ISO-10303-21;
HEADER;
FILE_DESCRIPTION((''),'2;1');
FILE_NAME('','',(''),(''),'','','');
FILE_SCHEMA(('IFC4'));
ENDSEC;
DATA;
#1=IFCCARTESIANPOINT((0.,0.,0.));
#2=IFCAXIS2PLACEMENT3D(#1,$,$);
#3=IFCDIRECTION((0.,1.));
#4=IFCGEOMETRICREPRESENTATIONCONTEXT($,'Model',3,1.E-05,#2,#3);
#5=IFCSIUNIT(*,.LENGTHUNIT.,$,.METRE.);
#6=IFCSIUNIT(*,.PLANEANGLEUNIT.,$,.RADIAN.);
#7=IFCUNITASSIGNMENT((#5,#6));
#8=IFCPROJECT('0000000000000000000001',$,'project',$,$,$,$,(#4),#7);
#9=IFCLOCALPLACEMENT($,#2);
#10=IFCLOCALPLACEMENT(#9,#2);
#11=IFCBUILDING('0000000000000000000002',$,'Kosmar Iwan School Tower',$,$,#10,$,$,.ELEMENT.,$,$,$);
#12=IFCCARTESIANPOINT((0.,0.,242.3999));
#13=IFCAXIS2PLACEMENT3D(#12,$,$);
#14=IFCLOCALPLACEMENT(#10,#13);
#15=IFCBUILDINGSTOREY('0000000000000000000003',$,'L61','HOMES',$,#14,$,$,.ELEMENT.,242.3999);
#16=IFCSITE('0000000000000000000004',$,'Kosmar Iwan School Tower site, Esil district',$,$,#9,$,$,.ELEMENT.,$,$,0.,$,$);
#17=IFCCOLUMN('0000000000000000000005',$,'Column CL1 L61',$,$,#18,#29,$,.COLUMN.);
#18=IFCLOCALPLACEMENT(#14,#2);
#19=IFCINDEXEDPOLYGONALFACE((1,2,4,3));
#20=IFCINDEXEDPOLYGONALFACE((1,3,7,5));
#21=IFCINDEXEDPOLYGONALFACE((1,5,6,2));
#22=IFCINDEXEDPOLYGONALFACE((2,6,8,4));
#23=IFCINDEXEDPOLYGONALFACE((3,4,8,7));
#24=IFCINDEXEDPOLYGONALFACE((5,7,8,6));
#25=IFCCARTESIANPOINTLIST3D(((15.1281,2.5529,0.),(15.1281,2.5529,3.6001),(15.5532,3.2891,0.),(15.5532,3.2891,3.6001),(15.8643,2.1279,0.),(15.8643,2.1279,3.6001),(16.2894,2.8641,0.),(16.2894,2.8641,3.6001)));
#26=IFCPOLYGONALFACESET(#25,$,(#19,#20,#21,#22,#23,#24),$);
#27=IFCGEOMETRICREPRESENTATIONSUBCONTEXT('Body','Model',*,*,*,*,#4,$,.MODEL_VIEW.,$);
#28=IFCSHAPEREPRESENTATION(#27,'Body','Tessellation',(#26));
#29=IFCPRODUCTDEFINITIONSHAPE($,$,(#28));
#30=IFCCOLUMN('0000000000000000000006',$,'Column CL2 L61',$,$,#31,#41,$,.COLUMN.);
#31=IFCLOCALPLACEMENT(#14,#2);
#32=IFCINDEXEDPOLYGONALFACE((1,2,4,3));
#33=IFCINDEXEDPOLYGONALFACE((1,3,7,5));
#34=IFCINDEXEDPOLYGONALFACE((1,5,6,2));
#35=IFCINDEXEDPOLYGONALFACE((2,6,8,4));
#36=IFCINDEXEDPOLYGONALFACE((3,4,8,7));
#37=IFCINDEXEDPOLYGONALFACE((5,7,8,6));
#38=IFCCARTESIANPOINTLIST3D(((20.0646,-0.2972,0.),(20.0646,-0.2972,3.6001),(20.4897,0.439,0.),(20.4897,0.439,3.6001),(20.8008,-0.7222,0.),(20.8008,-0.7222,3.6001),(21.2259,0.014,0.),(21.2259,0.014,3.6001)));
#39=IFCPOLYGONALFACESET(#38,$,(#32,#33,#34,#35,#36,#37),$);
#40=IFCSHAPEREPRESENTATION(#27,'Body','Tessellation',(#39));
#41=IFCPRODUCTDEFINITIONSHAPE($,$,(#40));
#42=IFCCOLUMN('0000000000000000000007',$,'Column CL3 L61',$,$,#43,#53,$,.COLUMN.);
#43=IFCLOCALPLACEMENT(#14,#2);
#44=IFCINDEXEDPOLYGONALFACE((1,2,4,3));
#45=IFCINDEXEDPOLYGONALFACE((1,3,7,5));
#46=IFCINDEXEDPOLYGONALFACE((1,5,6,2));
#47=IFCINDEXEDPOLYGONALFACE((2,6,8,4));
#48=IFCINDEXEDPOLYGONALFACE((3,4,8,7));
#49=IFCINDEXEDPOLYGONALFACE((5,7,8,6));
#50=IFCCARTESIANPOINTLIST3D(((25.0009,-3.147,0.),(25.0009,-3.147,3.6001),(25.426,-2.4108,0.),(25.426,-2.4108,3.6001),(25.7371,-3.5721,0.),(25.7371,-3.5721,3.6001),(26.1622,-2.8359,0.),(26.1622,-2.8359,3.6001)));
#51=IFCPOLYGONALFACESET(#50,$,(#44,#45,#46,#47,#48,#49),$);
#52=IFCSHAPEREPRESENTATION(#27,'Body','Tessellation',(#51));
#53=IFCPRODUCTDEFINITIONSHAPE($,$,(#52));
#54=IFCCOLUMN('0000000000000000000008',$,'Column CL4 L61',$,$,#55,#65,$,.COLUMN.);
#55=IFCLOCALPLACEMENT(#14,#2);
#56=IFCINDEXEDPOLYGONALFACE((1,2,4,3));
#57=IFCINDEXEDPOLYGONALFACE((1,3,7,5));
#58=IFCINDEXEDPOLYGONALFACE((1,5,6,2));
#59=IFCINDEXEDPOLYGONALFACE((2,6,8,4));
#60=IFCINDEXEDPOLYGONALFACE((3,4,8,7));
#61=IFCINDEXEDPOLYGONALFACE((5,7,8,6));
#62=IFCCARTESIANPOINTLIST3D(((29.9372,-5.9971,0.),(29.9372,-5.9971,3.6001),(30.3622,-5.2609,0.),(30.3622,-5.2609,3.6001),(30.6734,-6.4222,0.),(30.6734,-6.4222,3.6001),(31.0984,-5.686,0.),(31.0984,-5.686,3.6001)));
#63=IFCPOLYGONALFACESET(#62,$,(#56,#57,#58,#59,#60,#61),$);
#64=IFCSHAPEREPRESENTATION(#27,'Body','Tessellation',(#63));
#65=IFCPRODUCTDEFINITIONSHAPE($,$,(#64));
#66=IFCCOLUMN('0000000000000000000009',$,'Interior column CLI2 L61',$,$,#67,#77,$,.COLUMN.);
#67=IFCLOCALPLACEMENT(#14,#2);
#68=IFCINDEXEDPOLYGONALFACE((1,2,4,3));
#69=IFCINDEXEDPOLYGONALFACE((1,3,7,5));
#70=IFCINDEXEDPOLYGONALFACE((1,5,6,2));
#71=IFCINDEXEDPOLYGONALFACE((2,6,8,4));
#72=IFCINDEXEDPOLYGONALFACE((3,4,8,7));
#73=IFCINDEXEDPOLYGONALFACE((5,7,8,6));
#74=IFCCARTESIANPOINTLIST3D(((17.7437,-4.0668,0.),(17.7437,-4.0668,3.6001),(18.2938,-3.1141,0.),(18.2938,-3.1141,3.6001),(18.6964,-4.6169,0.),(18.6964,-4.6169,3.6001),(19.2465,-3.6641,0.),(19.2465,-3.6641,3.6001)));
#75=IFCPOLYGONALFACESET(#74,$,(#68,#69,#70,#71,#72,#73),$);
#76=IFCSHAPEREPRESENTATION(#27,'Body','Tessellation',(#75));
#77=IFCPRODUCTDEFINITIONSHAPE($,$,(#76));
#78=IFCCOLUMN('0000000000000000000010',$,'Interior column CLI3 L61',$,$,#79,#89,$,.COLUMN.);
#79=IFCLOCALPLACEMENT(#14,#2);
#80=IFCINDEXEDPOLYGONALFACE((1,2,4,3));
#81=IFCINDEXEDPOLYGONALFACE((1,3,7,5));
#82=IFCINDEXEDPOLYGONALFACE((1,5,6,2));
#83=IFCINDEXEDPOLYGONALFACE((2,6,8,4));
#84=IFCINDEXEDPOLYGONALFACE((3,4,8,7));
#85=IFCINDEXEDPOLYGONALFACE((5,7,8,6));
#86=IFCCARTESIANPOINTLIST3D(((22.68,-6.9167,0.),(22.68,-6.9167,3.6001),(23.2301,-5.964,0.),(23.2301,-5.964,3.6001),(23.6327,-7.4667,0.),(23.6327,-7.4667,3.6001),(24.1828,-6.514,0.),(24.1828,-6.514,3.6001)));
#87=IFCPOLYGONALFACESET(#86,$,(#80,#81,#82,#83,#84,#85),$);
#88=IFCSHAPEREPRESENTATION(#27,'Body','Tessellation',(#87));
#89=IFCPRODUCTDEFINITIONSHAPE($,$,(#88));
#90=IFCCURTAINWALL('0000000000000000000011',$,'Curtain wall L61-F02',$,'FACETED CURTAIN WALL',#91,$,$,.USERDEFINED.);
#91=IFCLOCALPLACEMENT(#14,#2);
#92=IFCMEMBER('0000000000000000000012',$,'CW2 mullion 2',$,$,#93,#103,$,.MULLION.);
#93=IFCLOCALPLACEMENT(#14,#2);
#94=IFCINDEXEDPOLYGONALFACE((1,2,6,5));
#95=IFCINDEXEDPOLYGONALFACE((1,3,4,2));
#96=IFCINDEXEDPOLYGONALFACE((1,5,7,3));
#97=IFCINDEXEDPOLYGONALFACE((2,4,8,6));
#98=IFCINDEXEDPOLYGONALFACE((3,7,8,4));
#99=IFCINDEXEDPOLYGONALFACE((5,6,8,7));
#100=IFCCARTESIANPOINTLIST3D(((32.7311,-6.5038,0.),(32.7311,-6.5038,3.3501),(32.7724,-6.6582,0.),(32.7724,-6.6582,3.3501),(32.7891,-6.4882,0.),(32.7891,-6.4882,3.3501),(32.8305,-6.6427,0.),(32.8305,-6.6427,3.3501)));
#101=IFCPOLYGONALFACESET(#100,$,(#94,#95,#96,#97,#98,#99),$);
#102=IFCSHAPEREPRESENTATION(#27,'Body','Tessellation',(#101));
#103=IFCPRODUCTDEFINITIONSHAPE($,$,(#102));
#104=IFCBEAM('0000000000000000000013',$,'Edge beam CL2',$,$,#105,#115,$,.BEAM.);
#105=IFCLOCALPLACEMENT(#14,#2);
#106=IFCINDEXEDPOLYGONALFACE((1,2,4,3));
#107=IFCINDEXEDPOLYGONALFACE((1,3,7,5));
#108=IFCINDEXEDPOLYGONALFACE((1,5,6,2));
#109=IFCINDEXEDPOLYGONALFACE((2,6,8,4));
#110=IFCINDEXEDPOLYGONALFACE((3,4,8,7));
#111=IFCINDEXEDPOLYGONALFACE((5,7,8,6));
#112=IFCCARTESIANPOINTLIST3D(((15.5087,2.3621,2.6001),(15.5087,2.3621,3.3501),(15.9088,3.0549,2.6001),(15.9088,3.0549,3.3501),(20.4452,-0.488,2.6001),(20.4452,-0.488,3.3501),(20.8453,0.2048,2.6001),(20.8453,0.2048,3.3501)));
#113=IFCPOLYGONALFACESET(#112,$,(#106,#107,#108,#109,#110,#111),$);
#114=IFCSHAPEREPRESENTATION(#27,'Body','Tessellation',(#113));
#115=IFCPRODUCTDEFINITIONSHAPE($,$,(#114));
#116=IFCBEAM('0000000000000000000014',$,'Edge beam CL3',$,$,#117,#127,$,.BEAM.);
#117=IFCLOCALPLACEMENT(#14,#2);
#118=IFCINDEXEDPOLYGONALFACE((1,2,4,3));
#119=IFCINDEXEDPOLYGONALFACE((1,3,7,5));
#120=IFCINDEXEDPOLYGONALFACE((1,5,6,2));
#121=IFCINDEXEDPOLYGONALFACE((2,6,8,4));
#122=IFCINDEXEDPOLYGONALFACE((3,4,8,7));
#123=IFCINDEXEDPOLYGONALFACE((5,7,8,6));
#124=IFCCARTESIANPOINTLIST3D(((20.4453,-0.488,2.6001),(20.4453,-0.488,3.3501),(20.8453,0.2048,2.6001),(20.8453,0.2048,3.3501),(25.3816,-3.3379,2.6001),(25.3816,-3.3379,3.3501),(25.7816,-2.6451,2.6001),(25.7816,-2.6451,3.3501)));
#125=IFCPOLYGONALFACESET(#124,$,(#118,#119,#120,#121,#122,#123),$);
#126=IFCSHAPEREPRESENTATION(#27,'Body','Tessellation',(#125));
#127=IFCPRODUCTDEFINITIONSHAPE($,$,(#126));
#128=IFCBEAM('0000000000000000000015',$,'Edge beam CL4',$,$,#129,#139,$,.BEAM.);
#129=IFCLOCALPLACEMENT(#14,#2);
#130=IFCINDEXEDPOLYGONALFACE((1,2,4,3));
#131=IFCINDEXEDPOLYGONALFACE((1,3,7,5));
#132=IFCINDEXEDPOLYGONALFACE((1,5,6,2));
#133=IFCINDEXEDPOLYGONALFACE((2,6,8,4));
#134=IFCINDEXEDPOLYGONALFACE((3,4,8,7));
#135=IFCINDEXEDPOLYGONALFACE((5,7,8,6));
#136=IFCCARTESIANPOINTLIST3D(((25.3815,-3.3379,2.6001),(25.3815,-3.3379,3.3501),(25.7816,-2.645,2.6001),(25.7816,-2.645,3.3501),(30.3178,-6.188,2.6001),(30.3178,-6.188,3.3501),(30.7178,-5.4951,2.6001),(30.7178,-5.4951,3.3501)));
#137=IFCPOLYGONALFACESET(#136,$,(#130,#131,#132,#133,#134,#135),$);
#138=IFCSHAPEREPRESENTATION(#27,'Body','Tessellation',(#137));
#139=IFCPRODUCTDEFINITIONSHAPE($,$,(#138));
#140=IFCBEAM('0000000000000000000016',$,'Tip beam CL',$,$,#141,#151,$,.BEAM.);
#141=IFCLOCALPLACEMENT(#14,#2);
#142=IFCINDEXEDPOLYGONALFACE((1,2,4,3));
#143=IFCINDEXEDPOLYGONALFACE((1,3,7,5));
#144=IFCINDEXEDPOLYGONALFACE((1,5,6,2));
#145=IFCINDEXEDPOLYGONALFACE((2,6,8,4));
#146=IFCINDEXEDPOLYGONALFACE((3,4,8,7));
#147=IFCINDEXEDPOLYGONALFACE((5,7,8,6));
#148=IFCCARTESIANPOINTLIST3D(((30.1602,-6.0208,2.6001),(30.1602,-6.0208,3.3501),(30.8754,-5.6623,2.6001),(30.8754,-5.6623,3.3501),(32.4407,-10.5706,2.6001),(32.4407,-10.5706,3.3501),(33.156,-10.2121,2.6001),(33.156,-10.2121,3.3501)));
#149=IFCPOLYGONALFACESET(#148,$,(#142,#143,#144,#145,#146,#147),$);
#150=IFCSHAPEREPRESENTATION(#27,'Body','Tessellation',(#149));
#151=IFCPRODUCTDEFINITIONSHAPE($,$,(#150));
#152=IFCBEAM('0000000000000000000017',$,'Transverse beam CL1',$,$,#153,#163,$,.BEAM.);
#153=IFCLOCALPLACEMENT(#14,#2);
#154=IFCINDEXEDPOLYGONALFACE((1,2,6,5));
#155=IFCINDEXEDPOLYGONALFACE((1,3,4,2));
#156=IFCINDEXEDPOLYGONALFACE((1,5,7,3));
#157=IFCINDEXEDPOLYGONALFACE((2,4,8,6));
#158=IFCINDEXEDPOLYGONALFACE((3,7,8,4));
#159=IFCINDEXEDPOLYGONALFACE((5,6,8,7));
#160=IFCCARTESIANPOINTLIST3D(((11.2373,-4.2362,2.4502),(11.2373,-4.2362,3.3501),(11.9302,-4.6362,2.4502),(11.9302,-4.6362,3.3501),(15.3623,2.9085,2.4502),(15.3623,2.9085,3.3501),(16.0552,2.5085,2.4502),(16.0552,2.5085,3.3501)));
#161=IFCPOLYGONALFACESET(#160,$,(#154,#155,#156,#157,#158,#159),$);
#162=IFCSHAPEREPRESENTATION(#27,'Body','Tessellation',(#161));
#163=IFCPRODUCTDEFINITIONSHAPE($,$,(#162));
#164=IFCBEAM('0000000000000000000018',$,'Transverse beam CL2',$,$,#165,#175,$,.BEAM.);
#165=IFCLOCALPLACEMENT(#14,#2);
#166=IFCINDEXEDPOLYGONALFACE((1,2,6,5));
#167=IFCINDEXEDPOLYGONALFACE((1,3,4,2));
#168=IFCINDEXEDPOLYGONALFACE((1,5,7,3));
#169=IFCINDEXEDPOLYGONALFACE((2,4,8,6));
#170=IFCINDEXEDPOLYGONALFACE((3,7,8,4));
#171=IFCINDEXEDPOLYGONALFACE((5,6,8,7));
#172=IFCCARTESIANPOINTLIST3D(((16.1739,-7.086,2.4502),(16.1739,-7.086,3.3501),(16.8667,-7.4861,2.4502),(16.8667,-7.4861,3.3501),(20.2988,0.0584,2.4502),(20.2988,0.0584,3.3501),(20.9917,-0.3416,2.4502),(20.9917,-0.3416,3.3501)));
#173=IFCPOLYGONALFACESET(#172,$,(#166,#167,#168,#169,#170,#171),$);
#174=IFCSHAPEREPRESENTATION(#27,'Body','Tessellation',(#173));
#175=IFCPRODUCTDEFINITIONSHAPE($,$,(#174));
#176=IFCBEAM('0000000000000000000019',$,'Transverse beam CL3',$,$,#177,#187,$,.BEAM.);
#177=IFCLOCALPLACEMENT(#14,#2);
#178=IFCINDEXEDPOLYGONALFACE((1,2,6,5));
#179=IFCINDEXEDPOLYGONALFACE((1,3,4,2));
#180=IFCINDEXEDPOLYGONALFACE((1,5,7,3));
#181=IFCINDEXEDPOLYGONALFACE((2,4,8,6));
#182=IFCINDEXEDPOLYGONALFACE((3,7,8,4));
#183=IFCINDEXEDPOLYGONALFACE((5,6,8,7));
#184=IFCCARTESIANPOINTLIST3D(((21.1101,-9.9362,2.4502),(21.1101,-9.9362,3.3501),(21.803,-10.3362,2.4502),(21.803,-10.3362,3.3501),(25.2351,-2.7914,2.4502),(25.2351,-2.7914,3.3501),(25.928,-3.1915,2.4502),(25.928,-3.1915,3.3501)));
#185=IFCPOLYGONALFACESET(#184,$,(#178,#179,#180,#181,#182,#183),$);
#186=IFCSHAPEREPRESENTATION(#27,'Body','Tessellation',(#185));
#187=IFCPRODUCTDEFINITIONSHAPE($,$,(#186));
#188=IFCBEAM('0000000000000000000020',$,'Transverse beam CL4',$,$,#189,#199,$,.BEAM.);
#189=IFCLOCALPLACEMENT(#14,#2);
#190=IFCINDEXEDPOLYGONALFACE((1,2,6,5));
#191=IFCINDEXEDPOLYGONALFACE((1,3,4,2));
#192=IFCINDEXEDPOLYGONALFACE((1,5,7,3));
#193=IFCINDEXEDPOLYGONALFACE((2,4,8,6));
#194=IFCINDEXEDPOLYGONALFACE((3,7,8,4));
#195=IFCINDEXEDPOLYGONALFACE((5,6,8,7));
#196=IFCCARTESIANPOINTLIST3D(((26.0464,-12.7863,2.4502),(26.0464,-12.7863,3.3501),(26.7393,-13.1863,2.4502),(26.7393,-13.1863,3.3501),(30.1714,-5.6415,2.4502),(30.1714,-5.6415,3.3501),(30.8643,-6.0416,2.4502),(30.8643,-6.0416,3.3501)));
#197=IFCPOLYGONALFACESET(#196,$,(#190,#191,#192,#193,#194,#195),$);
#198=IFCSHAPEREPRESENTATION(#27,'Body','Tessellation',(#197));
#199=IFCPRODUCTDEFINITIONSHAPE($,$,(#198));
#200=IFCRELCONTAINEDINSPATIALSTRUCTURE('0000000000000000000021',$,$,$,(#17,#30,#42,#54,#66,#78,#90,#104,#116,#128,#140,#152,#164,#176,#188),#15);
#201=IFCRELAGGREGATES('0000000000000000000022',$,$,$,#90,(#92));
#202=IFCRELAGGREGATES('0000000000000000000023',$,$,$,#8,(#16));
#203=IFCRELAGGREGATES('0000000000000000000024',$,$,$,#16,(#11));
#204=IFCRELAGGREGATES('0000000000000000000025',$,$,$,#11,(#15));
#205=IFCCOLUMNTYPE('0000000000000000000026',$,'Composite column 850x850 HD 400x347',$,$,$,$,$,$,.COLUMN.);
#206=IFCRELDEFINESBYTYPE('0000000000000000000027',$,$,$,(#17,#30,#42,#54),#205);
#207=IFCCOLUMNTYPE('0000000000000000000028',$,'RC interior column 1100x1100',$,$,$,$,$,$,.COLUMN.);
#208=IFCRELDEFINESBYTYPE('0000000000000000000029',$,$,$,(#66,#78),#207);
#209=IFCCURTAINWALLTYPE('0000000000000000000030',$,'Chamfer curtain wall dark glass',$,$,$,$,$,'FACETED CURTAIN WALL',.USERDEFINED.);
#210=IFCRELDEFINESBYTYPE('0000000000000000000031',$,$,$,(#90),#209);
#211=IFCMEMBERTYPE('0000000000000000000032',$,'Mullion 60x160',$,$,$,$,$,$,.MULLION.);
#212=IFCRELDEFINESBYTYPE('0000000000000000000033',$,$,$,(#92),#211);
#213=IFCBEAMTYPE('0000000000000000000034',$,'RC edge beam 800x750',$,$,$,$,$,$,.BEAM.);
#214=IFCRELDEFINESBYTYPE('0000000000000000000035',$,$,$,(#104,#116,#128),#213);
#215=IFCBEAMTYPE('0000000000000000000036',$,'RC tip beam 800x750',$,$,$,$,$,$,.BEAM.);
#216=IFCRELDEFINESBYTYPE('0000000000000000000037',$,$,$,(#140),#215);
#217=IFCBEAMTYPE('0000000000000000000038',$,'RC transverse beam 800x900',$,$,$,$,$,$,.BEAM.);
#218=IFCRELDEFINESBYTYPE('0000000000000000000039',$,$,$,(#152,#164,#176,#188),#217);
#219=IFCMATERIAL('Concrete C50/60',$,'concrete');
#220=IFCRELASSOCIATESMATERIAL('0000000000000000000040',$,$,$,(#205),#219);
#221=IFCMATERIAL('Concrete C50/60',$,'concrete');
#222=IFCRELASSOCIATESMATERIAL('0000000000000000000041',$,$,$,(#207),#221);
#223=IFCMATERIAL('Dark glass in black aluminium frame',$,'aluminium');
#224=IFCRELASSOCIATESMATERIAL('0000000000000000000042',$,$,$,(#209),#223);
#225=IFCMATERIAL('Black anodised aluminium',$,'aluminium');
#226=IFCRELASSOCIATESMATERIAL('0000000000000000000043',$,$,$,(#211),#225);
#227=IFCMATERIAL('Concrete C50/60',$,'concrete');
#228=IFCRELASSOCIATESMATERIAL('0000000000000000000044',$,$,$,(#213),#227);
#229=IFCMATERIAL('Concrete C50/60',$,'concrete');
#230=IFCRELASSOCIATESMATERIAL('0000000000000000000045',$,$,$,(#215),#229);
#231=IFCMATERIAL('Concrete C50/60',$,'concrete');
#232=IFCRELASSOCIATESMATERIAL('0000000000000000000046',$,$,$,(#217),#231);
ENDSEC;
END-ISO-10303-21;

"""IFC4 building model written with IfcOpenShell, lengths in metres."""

from ifc_helpers import new_model, si_unit, direction, frame, origin, origin_2d, place, context, subcontext, project, spatial, rectangle, extrude, material, material_profile, profile_set, type_object, element, aggregate, save


model = new_model("IFC4")

# Units and contexts
model_context = context("Model", 3, precision=1e-05, world=origin(), true_north=direction((0.0, 1.0)))
body_context = subcontext(model_context, "Body", "Model", "MODEL_VIEW")
ifc_project = project(units=[si_unit("LENGTHUNIT", "METRE"), si_unit("PLANEANGLEUNIT", "RADIAN")], contexts=[model_context])

# Site, building, storey
site_placement = place(None, origin())
site = spatial("IfcSite", under=ifc_project, at=site_placement, Name="Kosmar Iwan School Tower site, Esil district", CompositionType="ELEMENT", RefElevation=0.0)
building_placement = place(site_placement, origin())
building = spatial("IfcBuilding", under=site, at=building_placement, Name="Kosmar Iwan School Tower", CompositionType="ELEMENT")
storey_placement = place(building_placement, frame((0.0, 0.0, 242.3999)))
storey = spatial("IfcBuildingStorey", under=building, at=storey_placement, Name="L61", Description="HOMES", CompositionType="ELEMENT", Elevation=242.3999)

# Columns
ifc_material_1 = material(Name="Concrete C50/60", Category="concrete")
ifc_material_profile_1 = material_profile(ifc_material_1, rectangle(XDim=0.8501, YDim=0.8501, at=origin_2d()), Name="RC 850x850 + HD 400x347")
ifc_profile_set_1 = profile_set([ifc_material_profile_1], Name="Concrete C50/60")
column_type_1 = type_object("IfcColumnType", Name="Composite column 850x850 HD 400x347", PredefinedType="COLUMN", material=ifc_profile_set_1)
for number, where, z_axis, x_axis, name in (
    (1, (15.7087, 2.7085, 0.0), (0.0, 0.0, 1.0), (0.866025, -0.5, 0.0), "Column CL1 L61"),
    (2, (20.6453, -0.1416, 0.0), (0.0, 0.0, 1.0), (0.866025, -0.5, 0.0), "Column CL2 L61"),
    (3, (25.5815, -2.9915, 0.0), (0.0, 0.0, 1.0), (0.866025, -0.5, 0.0), "Column CL3 L61"),
    (4, (30.5178, -5.8416, 0.0), (0.0, 0.0, 1.0), (0.866025, -0.5, 0.0), "Column CL4 L61"),
):
    element("IfcColumn", number, at=place(storey_placement, frame(where, z_axis=z_axis, x_axis=x_axis)), inside=storey, type_object=column_type_1, Name=name, PredefinedType="COLUMN", context=body_context, shape_type="SweptSolid", body=[
        extrude(rectangle(XDim=0.8501, YDim=0.8501, at=origin_2d()), origin(), (0.0, 0.0, 1.0), 3.6001),
    ])
ifc_material_2 = material(Name="Concrete C50/60", Category="concrete")
ifc_material_profile_2 = material_profile(ifc_material_2, rectangle(XDim=1.1001, YDim=1.1001, at=origin_2d()), Name="RC 1100x1100")
ifc_profile_set_2 = profile_set([ifc_material_profile_2], Name="Concrete C50/60")
column_type_2 = type_object("IfcColumnType", Name="RC interior column 1100x1100", PredefinedType="COLUMN", material=ifc_profile_set_2)
for number, where, z_axis, x_axis, name in (
    (5, (18.4951, -3.8655, 0.0), (0.0, 0.0, 1.0), (0.866025, -0.5, 0.0), "Interior column CLI2 L61"),
    (6, (23.4314, -6.7153, 0.0), (0.0, 0.0, 1.0), (0.866025, -0.5, 0.0), "Interior column CLI3 L61"),
):
    element("IfcColumn", number, at=place(storey_placement, frame(where, z_axis=z_axis, x_axis=x_axis)), inside=storey, type_object=column_type_2, Name=name, PredefinedType="COLUMN", context=body_context, shape_type="SweptSolid", body=[
        extrude(rectangle(XDim=1.1001, YDim=1.1001, at=origin_2d()), origin(), (0.0, 0.0, 1.0), 3.6001),
    ])

# Curtain wall, member
ifc_material_3 = material(Name="Dark glass in black aluminium frame", Category="aluminium")
curtain_wall_type = type_object("IfcCurtainWallType", Name="Chamfer curtain wall dark glass", ElementType="FACETED CURTAIN WALL", PredefinedType="USERDEFINED", material=ifc_material_3)
curtain_wall_placement = place(storey_placement, origin())
curtain_wall = element("IfcCurtainWall", 7, at=curtain_wall_placement, inside=storey, type_object=curtain_wall_type, Name="Curtain wall L61-F02", ObjectType="FACETED CURTAIN WALL", PredefinedType="USERDEFINED")
ifc_material_4 = material(Name="Black anodised aluminium", Category="aluminium")
ifc_material_profile_3 = material_profile(ifc_material_4, rectangle(XDim=0.0601, YDim=0.1599, at=origin_2d()), Name="MULLION 60x160")
ifc_profile_set_3 = profile_set([ifc_material_profile_3], Name="Black anodised aluminium")
member_type = type_object("IfcMemberType", Name="Mullion 60x160", PredefinedType="MULLION", material=ifc_profile_set_3)
member_placement = place(storey_placement, frame((32.7808, -6.5732, 0.0), z_axis=(0.0, 0.0, 1.0), x_axis=(-0.965926, -0.258819, 0.0)))
member = element("IfcMember", 8, at=member_placement, type_object=member_type, Name="CW2 mullion 2", PredefinedType="MULLION", context=body_context, shape_type="SweptSolid", body=[
    extrude(rectangle(XDim=0.0601, YDim=0.1599, at=origin_2d()), origin(), (0.0, 0.0, 1.0), 3.3501),
])

# Beams
ifc_material_5 = material(Name="Concrete C50/60", Category="concrete")
ifc_material_profile_4 = material_profile(ifc_material_5, rectangle(XDim=0.8, YDim=0.75, at=origin_2d()), Name="RC 800x750")
ifc_profile_set_4 = profile_set([ifc_material_profile_4], Name="Concrete C50/60")
beam_type_1 = type_object("IfcBeamType", Name="RC edge beam 800x750", PredefinedType="BEAM", material=ifc_profile_set_4)
beam_1_placement = place(storey_placement, frame((15.7087, 2.7085, 2.9751), z_axis=(0.866026, -0.499999, 0.0), x_axis=(0.499999, 0.866026, 0.0)))
element("IfcBeam", 9, at=beam_1_placement, inside=storey, type_object=beam_type_1, Name="Edge beam CL2", PredefinedType="BEAM", context=body_context, shape_type="SweptSolid", body=[
    extrude(rectangle(XDim=0.8, YDim=0.75, at=origin_2d()), origin(), (0.0, 0.0, 1.0), 5.7002),
])
for number, where, z_axis, x_axis, name in (
    (10, (20.6453, -0.1416, 2.9751), (0.866034, -0.499986, 0.0), (0.499986, 0.866034, 0.0), "Edge beam CL3"),
    (11, (25.5815, -2.9915, 2.9751), (0.866015, -0.500018, 0.0), (0.500018, 0.866015, 0.0), "Edge beam CL4"),
):
    element("IfcBeam", number, at=place(storey_placement, frame(where, z_axis=z_axis, x_axis=x_axis)), inside=storey, type_object=beam_type_1, Name=name, PredefinedType="BEAM", context=body_context, shape_type="SweptSolid", body=[
        extrude(rectangle(XDim=0.8, YDim=0.75, at=origin_2d()), origin(), (0.0, 0.0, 1.0), 5.7),
    ])
ifc_material_6 = material(Name="Concrete C50/60", Category="concrete")
ifc_material_profile_5 = material_profile(ifc_material_6, rectangle(XDim=0.8, YDim=0.75, at=origin_2d()), Name="RC 800x750")
ifc_profile_set_5 = profile_set([ifc_material_profile_5], Name="Concrete C50/60")
beam_type_2 = type_object("IfcBeamType", Name="RC tip beam 800x750", PredefinedType="BEAM", material=ifc_profile_set_5)
beam_2_placement = place(storey_placement, frame((30.5178, -5.8416, 2.9751), z_axis=(0.448096, -0.893985, 0.0), x_axis=(0.893985, 0.448096, 0.0)))
element("IfcBeam", 12, at=beam_2_placement, inside=storey, type_object=beam_type_2, Name="Tip beam CL", PredefinedType="BEAM", context=body_context, shape_type="SweptSolid", body=[
    extrude(rectangle(XDim=0.8, YDim=0.75, at=origin_2d()), origin(), (0.0, 0.0, 1.0), 5.0894),
])
ifc_material_7 = material(Name="Concrete C50/60", Category="concrete")
ifc_material_profile_6 = material_profile(ifc_material_7, rectangle(XDim=0.8, YDim=0.8999, at=origin_2d()), Name="RC 800x900")
ifc_profile_set_6 = profile_set([ifc_material_profile_6], Name="Concrete C50/60")
beam_type_3 = type_object("IfcBeamType", Name="RC transverse beam 800x900", PredefinedType="BEAM", material=ifc_profile_set_6)
beam_3_placement = place(storey_placement, frame((15.7087, 2.7085, 2.9001), z_axis=(-0.499997, -0.866027, 0.0), x_axis=(0.866027, -0.499997, 0.0)))
element("IfcBeam", 13, at=beam_3_placement, inside=storey, type_object=beam_type_3, Name="Transverse beam CL1", PredefinedType="BEAM", context=body_context, shape_type="SweptSolid", body=[
    extrude(rectangle(XDim=0.8, YDim=0.8999, at=origin_2d()), origin(), (0.0, 0.0, 1.0), 8.25),
])
beam_4_placement = place(storey_placement, frame((20.6453, -0.1416, 2.9001), z_axis=(-0.500009, -0.86602, 0.0), x_axis=(0.86602, -0.500009, 0.0)))
element("IfcBeam", 14, at=beam_4_placement, inside=storey, type_object=beam_type_3, Name="Transverse beam CL2", PredefinedType="BEAM", context=body_context, shape_type="SweptSolid", body=[
    extrude(rectangle(XDim=0.8, YDim=0.8999, at=origin_2d()), origin(), (0.0, 0.0, 1.0), 8.2498),
])
for number, where, z_axis, x_axis, name in (
    (15, (25.5815, -2.9915, 2.9001), (-0.499997, -0.866027, 0.0), (0.866027, -0.499997, 0.0), "Transverse beam CL3"),
    (16, (30.5178, -5.8416, 2.9001), (-0.499997, -0.866027, 0.0), (0.866027, -0.499997, 0.0), "Transverse beam CL4"),
):
    element("IfcBeam", number, at=place(storey_placement, frame(where, z_axis=z_axis, x_axis=x_axis)), inside=storey, type_object=beam_type_3, Name=name, PredefinedType="BEAM", context=body_context, shape_type="SweptSolid", body=[
        extrude(rectangle(XDim=0.8, YDim=0.8999, at=origin_2d()), origin(), (0.0, 0.0, 1.0), 8.25),
    ])

aggregate(curtain_wall, [member])

save(model, "model.ifc")
